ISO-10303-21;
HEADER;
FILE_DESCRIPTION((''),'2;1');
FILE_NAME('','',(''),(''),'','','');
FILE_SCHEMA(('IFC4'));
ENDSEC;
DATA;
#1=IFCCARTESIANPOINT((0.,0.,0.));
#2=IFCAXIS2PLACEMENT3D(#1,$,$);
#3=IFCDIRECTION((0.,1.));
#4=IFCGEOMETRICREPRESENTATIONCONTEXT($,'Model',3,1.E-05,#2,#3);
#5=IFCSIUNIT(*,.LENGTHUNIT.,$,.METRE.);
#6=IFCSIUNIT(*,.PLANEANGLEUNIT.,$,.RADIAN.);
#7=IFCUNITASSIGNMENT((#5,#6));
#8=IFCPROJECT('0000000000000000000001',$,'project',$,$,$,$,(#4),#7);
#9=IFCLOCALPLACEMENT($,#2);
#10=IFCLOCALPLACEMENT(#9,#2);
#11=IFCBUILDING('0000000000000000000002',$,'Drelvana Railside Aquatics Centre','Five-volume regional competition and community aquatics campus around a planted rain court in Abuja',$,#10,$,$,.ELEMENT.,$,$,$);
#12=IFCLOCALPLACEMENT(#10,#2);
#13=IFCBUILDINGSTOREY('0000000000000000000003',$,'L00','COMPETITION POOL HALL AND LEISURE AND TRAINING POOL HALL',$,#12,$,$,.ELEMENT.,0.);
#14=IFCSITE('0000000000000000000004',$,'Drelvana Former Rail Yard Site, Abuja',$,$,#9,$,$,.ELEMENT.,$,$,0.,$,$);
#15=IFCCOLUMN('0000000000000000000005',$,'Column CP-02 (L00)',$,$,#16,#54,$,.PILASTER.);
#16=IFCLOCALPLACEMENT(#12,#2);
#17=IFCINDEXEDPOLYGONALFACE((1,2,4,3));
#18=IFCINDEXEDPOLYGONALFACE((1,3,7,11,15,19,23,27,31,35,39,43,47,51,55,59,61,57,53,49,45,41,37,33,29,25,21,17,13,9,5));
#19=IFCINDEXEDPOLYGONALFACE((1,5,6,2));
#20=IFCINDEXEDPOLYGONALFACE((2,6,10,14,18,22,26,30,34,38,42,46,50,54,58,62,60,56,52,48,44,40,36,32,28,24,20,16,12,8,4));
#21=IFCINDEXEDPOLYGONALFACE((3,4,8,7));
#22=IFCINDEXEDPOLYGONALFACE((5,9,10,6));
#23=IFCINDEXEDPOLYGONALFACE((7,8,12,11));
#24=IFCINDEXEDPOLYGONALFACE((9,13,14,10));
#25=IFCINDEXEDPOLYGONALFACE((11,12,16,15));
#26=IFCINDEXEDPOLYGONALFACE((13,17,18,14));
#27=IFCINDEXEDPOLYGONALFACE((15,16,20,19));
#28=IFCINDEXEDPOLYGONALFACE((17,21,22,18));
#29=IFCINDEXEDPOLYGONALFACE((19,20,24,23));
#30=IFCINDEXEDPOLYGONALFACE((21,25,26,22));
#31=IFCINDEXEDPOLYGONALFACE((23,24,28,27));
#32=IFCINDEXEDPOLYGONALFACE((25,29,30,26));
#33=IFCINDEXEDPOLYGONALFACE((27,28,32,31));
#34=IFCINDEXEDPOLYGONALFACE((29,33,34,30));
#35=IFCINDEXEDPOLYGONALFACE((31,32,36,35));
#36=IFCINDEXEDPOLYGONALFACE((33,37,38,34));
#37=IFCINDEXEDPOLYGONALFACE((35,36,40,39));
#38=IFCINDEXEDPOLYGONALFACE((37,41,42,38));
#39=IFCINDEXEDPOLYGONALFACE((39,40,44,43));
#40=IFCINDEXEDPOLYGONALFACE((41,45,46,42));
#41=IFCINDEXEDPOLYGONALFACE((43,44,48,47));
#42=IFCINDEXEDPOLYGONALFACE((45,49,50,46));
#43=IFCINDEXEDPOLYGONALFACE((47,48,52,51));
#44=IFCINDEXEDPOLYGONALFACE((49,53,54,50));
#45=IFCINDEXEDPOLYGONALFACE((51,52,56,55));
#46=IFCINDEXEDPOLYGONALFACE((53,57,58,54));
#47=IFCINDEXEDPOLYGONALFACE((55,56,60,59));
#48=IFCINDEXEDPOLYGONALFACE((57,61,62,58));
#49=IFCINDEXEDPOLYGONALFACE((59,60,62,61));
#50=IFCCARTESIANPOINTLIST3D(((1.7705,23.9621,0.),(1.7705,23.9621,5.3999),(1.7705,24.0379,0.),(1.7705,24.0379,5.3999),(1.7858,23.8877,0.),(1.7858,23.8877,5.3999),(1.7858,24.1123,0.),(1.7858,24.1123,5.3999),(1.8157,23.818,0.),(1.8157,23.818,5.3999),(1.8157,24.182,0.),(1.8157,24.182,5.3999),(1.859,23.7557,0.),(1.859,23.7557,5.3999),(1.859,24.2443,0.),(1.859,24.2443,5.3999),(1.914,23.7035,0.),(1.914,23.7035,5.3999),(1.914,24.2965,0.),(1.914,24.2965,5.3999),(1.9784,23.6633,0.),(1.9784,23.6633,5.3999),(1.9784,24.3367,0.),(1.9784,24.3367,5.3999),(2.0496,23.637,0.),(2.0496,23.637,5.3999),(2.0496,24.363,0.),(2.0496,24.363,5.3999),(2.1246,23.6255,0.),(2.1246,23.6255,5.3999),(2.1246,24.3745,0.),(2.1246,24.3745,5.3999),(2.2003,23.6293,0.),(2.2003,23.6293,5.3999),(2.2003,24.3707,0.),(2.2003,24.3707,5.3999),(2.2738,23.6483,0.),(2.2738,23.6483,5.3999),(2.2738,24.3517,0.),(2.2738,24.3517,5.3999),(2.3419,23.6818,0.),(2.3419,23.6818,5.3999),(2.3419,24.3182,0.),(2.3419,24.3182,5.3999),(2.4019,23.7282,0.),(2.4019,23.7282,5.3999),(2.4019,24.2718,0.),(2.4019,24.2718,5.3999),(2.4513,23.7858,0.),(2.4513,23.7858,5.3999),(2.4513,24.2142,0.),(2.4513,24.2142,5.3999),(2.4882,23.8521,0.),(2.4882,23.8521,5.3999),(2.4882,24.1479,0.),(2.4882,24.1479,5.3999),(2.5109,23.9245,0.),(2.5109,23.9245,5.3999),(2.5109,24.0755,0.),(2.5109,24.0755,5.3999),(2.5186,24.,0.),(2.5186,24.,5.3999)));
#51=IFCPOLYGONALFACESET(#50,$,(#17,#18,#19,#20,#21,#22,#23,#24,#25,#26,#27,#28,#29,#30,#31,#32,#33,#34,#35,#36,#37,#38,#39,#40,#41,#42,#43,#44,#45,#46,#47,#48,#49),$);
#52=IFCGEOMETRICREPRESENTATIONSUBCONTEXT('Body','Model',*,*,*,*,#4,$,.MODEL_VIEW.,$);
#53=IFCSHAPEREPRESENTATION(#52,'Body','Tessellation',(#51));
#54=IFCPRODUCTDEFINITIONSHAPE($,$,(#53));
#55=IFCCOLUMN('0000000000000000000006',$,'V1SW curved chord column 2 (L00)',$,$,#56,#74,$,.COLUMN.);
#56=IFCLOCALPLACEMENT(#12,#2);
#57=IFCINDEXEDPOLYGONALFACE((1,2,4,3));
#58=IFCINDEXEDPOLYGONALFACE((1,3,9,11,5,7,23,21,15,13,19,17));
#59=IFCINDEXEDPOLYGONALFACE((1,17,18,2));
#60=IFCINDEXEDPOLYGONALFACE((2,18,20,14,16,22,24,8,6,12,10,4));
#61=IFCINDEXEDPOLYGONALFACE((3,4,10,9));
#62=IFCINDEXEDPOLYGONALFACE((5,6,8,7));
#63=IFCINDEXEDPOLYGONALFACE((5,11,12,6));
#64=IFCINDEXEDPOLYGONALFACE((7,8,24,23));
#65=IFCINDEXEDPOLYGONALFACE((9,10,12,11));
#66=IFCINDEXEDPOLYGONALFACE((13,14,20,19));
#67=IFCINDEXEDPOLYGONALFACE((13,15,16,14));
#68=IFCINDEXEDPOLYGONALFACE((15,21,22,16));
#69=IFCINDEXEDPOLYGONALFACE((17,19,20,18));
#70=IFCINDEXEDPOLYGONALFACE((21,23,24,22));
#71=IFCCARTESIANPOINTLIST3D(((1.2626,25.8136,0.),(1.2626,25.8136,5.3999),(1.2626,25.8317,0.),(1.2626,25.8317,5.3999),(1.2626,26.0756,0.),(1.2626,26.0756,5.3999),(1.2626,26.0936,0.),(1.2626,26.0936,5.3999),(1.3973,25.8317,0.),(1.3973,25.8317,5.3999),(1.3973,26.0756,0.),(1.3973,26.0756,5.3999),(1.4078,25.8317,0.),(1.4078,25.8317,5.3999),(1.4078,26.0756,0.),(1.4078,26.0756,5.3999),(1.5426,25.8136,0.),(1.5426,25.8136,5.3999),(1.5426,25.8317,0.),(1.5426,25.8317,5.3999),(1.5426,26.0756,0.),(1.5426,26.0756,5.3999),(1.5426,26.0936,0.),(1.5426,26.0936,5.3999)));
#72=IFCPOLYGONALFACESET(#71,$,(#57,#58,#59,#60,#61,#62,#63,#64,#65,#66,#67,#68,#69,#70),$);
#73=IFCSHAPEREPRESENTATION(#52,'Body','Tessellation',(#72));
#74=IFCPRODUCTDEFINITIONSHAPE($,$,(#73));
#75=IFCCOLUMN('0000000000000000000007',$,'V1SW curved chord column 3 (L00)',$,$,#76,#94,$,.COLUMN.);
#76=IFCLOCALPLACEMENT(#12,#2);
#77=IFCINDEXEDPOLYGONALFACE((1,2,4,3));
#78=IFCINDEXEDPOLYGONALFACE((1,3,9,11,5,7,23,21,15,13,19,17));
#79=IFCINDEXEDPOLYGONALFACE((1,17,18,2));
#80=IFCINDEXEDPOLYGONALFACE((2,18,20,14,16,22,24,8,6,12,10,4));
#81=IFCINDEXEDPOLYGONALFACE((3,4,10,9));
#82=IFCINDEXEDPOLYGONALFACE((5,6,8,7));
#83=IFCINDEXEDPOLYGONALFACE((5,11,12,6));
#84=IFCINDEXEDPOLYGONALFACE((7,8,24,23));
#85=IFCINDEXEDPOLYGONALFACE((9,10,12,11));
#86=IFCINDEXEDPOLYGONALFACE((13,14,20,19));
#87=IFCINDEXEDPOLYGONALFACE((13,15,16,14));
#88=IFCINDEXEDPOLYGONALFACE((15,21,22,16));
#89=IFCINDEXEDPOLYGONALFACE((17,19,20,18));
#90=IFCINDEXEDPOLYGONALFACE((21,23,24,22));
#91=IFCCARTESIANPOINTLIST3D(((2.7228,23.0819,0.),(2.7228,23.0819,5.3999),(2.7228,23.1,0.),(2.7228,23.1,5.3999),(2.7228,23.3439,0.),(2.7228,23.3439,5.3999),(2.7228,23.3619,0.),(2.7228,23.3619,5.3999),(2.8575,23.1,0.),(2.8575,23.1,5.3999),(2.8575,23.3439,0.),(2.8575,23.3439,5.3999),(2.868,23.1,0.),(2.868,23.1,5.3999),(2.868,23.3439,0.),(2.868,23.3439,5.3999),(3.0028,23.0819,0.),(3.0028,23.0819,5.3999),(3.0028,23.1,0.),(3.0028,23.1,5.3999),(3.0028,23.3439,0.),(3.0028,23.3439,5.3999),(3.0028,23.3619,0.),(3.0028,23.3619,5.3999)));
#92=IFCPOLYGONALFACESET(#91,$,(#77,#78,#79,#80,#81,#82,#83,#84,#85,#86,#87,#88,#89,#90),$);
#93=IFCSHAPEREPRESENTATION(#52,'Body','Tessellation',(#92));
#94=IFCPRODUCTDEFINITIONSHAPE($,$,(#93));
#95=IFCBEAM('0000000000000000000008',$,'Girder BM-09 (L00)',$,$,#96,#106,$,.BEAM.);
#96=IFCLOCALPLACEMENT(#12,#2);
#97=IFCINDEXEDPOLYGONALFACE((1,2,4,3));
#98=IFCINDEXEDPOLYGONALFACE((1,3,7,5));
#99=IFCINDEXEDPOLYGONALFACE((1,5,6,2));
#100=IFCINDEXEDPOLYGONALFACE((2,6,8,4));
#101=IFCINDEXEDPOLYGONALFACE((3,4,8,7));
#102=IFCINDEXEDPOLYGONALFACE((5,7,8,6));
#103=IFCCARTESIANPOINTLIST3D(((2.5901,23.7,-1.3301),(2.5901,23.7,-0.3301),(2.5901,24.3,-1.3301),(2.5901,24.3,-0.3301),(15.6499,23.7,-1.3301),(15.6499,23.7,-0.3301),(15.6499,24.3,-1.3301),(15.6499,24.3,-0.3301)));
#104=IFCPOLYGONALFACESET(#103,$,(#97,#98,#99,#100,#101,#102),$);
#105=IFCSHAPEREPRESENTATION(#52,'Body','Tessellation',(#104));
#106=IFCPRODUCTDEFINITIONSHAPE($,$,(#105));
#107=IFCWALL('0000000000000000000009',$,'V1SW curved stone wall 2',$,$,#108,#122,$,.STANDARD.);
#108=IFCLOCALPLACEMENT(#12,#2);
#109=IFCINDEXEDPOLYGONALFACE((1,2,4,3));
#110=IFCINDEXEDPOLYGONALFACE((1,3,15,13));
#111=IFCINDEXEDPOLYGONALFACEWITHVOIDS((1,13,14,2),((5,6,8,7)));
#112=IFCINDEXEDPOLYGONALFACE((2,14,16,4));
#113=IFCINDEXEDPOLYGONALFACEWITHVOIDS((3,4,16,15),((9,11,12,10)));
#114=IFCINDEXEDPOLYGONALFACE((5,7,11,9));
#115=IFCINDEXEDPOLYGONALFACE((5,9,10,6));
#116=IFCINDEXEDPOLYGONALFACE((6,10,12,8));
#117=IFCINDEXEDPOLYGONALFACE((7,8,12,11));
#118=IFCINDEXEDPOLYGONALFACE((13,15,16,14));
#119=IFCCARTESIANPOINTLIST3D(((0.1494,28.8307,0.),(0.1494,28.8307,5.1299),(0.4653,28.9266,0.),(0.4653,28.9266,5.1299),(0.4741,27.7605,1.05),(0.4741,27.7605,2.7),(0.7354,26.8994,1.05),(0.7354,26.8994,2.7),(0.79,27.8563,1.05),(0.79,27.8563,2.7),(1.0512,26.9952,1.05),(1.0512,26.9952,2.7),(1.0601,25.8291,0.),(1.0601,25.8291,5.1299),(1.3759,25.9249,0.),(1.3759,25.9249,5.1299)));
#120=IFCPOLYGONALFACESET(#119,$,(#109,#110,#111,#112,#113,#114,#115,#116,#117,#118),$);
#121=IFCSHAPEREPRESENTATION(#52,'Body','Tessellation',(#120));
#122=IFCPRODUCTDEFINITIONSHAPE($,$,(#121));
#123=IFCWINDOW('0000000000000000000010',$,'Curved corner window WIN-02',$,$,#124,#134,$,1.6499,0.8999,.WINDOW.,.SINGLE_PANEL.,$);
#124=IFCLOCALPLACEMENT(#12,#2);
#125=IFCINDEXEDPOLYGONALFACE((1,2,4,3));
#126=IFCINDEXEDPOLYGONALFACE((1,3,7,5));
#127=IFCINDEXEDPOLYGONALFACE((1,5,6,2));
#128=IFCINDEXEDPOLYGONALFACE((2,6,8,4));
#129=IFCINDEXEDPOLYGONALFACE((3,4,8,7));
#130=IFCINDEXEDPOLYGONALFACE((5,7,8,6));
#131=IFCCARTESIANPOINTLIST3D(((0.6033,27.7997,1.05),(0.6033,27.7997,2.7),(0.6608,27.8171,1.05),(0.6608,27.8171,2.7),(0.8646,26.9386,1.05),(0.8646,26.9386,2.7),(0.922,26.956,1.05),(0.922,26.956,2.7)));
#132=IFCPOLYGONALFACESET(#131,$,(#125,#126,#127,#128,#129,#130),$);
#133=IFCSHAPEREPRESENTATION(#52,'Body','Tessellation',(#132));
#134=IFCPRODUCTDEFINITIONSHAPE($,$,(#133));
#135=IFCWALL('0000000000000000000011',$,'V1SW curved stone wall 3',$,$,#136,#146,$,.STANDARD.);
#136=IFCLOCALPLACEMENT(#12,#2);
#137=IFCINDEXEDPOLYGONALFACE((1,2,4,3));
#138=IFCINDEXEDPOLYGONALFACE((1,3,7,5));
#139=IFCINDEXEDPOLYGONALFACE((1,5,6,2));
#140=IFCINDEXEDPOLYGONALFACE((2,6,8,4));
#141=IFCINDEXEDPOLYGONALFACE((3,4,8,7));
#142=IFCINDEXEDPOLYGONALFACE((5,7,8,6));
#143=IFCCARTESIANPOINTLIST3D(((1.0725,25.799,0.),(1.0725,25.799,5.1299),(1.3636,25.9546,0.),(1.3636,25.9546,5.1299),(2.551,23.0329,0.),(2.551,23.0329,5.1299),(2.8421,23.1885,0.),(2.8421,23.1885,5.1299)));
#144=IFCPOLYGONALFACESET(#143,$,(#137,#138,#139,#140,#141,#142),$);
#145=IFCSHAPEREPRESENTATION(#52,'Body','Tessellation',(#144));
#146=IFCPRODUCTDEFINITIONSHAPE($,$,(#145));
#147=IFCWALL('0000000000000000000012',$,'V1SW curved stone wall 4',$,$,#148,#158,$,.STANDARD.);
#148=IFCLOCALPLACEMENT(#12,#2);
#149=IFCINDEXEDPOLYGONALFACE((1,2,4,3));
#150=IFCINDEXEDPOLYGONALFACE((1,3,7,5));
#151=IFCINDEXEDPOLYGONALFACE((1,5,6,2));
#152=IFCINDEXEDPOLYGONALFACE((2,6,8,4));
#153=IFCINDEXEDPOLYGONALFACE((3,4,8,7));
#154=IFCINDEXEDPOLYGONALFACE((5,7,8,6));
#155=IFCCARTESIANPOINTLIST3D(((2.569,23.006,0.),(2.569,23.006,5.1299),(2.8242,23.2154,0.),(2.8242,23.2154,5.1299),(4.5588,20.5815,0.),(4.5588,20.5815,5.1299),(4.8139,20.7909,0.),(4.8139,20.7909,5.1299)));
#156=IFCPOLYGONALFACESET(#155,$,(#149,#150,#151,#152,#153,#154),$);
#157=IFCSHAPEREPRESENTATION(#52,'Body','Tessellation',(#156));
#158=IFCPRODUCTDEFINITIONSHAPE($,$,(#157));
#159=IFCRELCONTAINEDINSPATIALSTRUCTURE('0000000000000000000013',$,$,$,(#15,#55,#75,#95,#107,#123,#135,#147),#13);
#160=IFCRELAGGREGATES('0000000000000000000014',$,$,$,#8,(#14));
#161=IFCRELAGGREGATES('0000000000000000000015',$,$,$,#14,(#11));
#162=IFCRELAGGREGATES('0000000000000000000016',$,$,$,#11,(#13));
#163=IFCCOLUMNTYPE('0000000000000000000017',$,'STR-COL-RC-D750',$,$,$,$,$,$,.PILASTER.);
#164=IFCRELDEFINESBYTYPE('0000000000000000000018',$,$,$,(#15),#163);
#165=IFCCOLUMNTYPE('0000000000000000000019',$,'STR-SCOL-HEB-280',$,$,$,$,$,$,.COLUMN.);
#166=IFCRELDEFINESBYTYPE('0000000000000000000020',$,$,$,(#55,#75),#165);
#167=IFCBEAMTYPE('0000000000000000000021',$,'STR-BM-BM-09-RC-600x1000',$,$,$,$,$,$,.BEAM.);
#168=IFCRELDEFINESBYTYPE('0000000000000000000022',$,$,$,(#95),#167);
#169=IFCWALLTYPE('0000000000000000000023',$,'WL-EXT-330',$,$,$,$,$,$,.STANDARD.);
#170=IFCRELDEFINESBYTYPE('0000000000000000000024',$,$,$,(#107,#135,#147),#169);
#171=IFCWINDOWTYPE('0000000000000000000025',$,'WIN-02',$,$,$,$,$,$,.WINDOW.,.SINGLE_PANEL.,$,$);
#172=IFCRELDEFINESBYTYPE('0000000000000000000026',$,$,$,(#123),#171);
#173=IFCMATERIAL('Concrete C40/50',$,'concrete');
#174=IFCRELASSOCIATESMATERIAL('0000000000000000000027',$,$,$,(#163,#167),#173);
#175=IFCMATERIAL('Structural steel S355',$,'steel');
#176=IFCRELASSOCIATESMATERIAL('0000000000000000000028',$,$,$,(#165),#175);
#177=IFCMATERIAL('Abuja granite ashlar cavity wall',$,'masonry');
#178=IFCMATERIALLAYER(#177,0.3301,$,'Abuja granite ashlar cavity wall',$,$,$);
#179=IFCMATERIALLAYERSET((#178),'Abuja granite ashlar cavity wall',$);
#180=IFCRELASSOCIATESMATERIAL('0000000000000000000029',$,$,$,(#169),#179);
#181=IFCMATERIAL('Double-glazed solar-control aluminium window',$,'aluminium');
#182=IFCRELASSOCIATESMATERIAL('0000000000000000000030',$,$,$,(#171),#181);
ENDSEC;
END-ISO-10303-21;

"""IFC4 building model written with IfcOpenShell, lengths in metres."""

from ifc_helpers import new_model, si_unit, direction, frame, frame_2d, origin, origin_2d, place, context, subcontext, project, spatial, rectangle, circle, i_section, extrude, material, layer, layer_set, material_profile, profile_set, type_object, element, fill, save


model = new_model("IFC4")

# Units and contexts
model_context = context("Model", 3, precision=1e-05, world=origin(), true_north=direction((0.0, 1.0)))
body_context = subcontext(model_context, "Body", "Model", "MODEL_VIEW")
ifc_project = project(units=[si_unit("LENGTHUNIT", "METRE"), si_unit("PLANEANGLEUNIT", "RADIAN")], contexts=[model_context])

# Site, building, storey
site_placement = place(None, origin())
site = spatial("IfcSite", under=ifc_project, at=site_placement, Name="Drelvana Former Rail Yard Site, Abuja", CompositionType="ELEMENT", RefElevation=0.0)
building_placement = place(site_placement, origin())
building = spatial("IfcBuilding", under=site, at=building_placement, Name="Drelvana Railside Aquatics Centre", Description="Five-volume regional competition and community aquatics campus around a planted rain court in Abuja", CompositionType="ELEMENT")
storey_placement = place(building_placement, origin())
storey = spatial("IfcBuildingStorey", under=building, at=storey_placement, Name="L00", Description="COMPETITION POOL HALL AND LEISURE AND TRAINING POOL HALL", CompositionType="ELEMENT", Elevation=0.0)

# Columns
ifc_material_1 = material(Name="Concrete C40/50", Category="concrete")
ifc_material_profile_1 = material_profile(ifc_material_1, circle(Radius=0.375, at=origin_2d()), Name="RC D750")
ifc_profile_set_1 = profile_set([ifc_material_profile_1], Name="Concrete C40/50")
column_type_1 = type_object("IfcColumnType", Name="STR-COL-RC-D750", PredefinedType="PILASTER", material=ifc_profile_set_1)
column_placement = place(storey_placement, frame((2.1436, 24.0, 0.0), z_axis=(0.0, 0.0, 1.0), x_axis=(1.0, 0.0, 0.0)))
element("IfcColumn", 1, at=column_placement, inside=storey, type_object=column_type_1, Name="Column CP-02 (L00)", PredefinedType="PILASTER", context=body_context, shape_type="SweptSolid", body=[
    extrude(circle(Radius=0.375, at=origin_2d()), origin(), (0.0, 0.0, 1.0), 5.3999),
])
ifc_material_2 = material(Name="Structural steel S355", Category="steel")
ifc_material_profile_2 = material_profile(ifc_material_2, i_section(OverallWidth=0.28, OverallDepth=0.28, WebThickness=0.0105, FlangeThickness=0.0181, at=origin_2d()), Name="HEB 280")
ifc_profile_set_2 = profile_set([ifc_material_profile_2], Name="Structural steel S355")
column_type_2 = type_object("IfcColumnType", Name="STR-SCOL-HEB-280", PredefinedType="COLUMN", material=ifc_profile_set_2)
for number, where, z_axis, x_axis, name in (
    (2, (1.4026, 25.9536, 0.0), (0.0, 0.0, 1.0), (1.0, 0.0, 0.0), "V1SW curved chord column 2 (L00)"),
    (3, (2.8628, 23.2219, 0.0), (0.0, 0.0, 1.0), (1.0, 0.0, 0.0), "V1SW curved chord column 3 (L00)"),
):
    element("IfcColumn", number, at=place(storey_placement, frame(where, z_axis=z_axis, x_axis=x_axis)), inside=storey, type_object=column_type_2, Name=name, PredefinedType="COLUMN", context=body_context, shape_type="SweptSolid", body=[
        extrude(i_section(OverallWidth=0.28, OverallDepth=0.28, WebThickness=0.0105, FlangeThickness=0.0181, at=origin_2d()), origin(), (0.0, 0.0, 1.0), 5.3999),
    ])

# Beam
ifc_material_profile_3 = material_profile(ifc_material_1, rectangle(XDim=0.6001, YDim=1.0, at=origin_2d()), Name="RC 600x1000")
ifc_profile_set_3 = profile_set([ifc_material_profile_3], Name="Concrete C40/50")
beam_type = type_object("IfcBeamType", Name="STR-BM-BM-09-RC-600x1000", PredefinedType="BEAM", material=ifc_profile_set_3)
beam_placement = place(storey_placement, frame((2.5901, 24.0, -0.8301), z_axis=(1.0, 0.0, 0.0), x_axis=(0.0, 1.0, 0.0)))
element("IfcBeam", 4, at=beam_placement, inside=storey, type_object=beam_type, Name="Girder BM-09 (L00)", PredefinedType="BEAM", context=body_context, shape_type="SweptSolid", body=[
    extrude(rectangle(XDim=0.6001, YDim=1.0, at=origin_2d()), origin(), (0.0, 0.0, 1.0), 13.0598),
])

# Wall, opening, window
ifc_material_3 = material(Name="Abuja granite ashlar cavity wall", Category="masonry")
ifc_layer = layer(ifc_material_3, 0.3301, Name="Abuja granite ashlar cavity wall")
ifc_layer_set = layer_set([ifc_layer], Name="Abuja granite ashlar cavity wall")
wall_type = type_object("IfcWallType", Name="WL-EXT-330", PredefinedType="STANDARD", material=ifc_layer_set)
wall_1_placement = place(storey_placement, frame((0.3074, 28.8787, 0.0), z_axis=(0.0, 0.0, 1.0), x_axis=(0.29031, -0.956933, 0.0)))
wall_1 = element("IfcWall", 5, at=wall_1_placement, inside=storey, type_object=wall_type, Name="V1SW curved stone wall 2", PredefinedType="STANDARD", context=body_context, shape_type="SweptSolid", body=[
    extrude(rectangle(XDim=3.1367, YDim=0.3301, at=frame_2d((1.5684, 0.0))), origin(), (0.0, 0.0, 1.0), 5.1299),
])
opening_1_placement = place(wall_1_placement, frame((1.1184, 0.0, 1.05)))
opening_1 = element("IfcOpeningElement", 6, at=opening_1_placement, cuts=wall_1, PredefinedType="OPENING", context=body_context, shape_type="SweptSolid", body=[
    extrude(rectangle(XDim=0.8999, YDim=1.6499, at=frame_2d((0.45, 0.825))), frame((0.0, 0.175, 0.0), z_axis=(0.0, -1.0, 0.0), x_axis=(1.0, 0.0, 0.0)), (0.0, 0.0, 1.0), 0.3501),
])
ifc_material_4 = material(Name="Double-glazed solar-control aluminium window", Category="aluminium")
window_type_1 = type_object("IfcWindowType", Name="WIN-02", PartitioningType="SINGLE_PANEL", PredefinedType="WINDOW", material=ifc_material_4)
window_1_placement = place(opening_1_placement, origin())
window_1 = element("IfcWindow", 7, at=window_1_placement, inside=storey, type_object=window_type_1, Name="Curved corner window WIN-02", OverallHeight=1.6499, OverallWidth=0.8999, PartitioningType="SINGLE_PANEL", PredefinedType="WINDOW", context=body_context, shape_type="SweptSolid", body=[
    extrude(rectangle(XDim=0.8999, YDim=1.6499, at=frame_2d((0.45, 0.825))), frame((0.0, 0.03, 0.0), z_axis=(0.0, -1.0, 0.0), x_axis=(1.0, 0.0, 0.0)), (0.0, 0.0, 1.0), 0.0601),
])
fill(opening_1, window_1)

# Walls
for number, where, z_axis, x_axis, name in (
    (8, (1.218, 25.877, 0.0), (0.0, 0.0, 1.0), (0.471396, -0.881922, 0.0), "V1SW curved stone wall 3"),
    (9, (2.6965, 23.1108, 0.0), (0.0, 0.0, 1.0), (0.634386, -0.773017, 0.0), "V1SW curved stone wall 4"),
):
    element("IfcWall", number, at=place(storey_placement, frame(where, z_axis=z_axis, x_axis=x_axis)), inside=storey, type_object=wall_type, Name=name, PredefinedType="STANDARD", context=body_context, shape_type="SweptSolid", body=[
        extrude(rectangle(XDim=3.1365, YDim=0.3301, at=frame_2d((1.5684, 0.0))), origin(), (0.0, 0.0, 1.0), 5.1299),
    ])

save(model, "model.ifc")
